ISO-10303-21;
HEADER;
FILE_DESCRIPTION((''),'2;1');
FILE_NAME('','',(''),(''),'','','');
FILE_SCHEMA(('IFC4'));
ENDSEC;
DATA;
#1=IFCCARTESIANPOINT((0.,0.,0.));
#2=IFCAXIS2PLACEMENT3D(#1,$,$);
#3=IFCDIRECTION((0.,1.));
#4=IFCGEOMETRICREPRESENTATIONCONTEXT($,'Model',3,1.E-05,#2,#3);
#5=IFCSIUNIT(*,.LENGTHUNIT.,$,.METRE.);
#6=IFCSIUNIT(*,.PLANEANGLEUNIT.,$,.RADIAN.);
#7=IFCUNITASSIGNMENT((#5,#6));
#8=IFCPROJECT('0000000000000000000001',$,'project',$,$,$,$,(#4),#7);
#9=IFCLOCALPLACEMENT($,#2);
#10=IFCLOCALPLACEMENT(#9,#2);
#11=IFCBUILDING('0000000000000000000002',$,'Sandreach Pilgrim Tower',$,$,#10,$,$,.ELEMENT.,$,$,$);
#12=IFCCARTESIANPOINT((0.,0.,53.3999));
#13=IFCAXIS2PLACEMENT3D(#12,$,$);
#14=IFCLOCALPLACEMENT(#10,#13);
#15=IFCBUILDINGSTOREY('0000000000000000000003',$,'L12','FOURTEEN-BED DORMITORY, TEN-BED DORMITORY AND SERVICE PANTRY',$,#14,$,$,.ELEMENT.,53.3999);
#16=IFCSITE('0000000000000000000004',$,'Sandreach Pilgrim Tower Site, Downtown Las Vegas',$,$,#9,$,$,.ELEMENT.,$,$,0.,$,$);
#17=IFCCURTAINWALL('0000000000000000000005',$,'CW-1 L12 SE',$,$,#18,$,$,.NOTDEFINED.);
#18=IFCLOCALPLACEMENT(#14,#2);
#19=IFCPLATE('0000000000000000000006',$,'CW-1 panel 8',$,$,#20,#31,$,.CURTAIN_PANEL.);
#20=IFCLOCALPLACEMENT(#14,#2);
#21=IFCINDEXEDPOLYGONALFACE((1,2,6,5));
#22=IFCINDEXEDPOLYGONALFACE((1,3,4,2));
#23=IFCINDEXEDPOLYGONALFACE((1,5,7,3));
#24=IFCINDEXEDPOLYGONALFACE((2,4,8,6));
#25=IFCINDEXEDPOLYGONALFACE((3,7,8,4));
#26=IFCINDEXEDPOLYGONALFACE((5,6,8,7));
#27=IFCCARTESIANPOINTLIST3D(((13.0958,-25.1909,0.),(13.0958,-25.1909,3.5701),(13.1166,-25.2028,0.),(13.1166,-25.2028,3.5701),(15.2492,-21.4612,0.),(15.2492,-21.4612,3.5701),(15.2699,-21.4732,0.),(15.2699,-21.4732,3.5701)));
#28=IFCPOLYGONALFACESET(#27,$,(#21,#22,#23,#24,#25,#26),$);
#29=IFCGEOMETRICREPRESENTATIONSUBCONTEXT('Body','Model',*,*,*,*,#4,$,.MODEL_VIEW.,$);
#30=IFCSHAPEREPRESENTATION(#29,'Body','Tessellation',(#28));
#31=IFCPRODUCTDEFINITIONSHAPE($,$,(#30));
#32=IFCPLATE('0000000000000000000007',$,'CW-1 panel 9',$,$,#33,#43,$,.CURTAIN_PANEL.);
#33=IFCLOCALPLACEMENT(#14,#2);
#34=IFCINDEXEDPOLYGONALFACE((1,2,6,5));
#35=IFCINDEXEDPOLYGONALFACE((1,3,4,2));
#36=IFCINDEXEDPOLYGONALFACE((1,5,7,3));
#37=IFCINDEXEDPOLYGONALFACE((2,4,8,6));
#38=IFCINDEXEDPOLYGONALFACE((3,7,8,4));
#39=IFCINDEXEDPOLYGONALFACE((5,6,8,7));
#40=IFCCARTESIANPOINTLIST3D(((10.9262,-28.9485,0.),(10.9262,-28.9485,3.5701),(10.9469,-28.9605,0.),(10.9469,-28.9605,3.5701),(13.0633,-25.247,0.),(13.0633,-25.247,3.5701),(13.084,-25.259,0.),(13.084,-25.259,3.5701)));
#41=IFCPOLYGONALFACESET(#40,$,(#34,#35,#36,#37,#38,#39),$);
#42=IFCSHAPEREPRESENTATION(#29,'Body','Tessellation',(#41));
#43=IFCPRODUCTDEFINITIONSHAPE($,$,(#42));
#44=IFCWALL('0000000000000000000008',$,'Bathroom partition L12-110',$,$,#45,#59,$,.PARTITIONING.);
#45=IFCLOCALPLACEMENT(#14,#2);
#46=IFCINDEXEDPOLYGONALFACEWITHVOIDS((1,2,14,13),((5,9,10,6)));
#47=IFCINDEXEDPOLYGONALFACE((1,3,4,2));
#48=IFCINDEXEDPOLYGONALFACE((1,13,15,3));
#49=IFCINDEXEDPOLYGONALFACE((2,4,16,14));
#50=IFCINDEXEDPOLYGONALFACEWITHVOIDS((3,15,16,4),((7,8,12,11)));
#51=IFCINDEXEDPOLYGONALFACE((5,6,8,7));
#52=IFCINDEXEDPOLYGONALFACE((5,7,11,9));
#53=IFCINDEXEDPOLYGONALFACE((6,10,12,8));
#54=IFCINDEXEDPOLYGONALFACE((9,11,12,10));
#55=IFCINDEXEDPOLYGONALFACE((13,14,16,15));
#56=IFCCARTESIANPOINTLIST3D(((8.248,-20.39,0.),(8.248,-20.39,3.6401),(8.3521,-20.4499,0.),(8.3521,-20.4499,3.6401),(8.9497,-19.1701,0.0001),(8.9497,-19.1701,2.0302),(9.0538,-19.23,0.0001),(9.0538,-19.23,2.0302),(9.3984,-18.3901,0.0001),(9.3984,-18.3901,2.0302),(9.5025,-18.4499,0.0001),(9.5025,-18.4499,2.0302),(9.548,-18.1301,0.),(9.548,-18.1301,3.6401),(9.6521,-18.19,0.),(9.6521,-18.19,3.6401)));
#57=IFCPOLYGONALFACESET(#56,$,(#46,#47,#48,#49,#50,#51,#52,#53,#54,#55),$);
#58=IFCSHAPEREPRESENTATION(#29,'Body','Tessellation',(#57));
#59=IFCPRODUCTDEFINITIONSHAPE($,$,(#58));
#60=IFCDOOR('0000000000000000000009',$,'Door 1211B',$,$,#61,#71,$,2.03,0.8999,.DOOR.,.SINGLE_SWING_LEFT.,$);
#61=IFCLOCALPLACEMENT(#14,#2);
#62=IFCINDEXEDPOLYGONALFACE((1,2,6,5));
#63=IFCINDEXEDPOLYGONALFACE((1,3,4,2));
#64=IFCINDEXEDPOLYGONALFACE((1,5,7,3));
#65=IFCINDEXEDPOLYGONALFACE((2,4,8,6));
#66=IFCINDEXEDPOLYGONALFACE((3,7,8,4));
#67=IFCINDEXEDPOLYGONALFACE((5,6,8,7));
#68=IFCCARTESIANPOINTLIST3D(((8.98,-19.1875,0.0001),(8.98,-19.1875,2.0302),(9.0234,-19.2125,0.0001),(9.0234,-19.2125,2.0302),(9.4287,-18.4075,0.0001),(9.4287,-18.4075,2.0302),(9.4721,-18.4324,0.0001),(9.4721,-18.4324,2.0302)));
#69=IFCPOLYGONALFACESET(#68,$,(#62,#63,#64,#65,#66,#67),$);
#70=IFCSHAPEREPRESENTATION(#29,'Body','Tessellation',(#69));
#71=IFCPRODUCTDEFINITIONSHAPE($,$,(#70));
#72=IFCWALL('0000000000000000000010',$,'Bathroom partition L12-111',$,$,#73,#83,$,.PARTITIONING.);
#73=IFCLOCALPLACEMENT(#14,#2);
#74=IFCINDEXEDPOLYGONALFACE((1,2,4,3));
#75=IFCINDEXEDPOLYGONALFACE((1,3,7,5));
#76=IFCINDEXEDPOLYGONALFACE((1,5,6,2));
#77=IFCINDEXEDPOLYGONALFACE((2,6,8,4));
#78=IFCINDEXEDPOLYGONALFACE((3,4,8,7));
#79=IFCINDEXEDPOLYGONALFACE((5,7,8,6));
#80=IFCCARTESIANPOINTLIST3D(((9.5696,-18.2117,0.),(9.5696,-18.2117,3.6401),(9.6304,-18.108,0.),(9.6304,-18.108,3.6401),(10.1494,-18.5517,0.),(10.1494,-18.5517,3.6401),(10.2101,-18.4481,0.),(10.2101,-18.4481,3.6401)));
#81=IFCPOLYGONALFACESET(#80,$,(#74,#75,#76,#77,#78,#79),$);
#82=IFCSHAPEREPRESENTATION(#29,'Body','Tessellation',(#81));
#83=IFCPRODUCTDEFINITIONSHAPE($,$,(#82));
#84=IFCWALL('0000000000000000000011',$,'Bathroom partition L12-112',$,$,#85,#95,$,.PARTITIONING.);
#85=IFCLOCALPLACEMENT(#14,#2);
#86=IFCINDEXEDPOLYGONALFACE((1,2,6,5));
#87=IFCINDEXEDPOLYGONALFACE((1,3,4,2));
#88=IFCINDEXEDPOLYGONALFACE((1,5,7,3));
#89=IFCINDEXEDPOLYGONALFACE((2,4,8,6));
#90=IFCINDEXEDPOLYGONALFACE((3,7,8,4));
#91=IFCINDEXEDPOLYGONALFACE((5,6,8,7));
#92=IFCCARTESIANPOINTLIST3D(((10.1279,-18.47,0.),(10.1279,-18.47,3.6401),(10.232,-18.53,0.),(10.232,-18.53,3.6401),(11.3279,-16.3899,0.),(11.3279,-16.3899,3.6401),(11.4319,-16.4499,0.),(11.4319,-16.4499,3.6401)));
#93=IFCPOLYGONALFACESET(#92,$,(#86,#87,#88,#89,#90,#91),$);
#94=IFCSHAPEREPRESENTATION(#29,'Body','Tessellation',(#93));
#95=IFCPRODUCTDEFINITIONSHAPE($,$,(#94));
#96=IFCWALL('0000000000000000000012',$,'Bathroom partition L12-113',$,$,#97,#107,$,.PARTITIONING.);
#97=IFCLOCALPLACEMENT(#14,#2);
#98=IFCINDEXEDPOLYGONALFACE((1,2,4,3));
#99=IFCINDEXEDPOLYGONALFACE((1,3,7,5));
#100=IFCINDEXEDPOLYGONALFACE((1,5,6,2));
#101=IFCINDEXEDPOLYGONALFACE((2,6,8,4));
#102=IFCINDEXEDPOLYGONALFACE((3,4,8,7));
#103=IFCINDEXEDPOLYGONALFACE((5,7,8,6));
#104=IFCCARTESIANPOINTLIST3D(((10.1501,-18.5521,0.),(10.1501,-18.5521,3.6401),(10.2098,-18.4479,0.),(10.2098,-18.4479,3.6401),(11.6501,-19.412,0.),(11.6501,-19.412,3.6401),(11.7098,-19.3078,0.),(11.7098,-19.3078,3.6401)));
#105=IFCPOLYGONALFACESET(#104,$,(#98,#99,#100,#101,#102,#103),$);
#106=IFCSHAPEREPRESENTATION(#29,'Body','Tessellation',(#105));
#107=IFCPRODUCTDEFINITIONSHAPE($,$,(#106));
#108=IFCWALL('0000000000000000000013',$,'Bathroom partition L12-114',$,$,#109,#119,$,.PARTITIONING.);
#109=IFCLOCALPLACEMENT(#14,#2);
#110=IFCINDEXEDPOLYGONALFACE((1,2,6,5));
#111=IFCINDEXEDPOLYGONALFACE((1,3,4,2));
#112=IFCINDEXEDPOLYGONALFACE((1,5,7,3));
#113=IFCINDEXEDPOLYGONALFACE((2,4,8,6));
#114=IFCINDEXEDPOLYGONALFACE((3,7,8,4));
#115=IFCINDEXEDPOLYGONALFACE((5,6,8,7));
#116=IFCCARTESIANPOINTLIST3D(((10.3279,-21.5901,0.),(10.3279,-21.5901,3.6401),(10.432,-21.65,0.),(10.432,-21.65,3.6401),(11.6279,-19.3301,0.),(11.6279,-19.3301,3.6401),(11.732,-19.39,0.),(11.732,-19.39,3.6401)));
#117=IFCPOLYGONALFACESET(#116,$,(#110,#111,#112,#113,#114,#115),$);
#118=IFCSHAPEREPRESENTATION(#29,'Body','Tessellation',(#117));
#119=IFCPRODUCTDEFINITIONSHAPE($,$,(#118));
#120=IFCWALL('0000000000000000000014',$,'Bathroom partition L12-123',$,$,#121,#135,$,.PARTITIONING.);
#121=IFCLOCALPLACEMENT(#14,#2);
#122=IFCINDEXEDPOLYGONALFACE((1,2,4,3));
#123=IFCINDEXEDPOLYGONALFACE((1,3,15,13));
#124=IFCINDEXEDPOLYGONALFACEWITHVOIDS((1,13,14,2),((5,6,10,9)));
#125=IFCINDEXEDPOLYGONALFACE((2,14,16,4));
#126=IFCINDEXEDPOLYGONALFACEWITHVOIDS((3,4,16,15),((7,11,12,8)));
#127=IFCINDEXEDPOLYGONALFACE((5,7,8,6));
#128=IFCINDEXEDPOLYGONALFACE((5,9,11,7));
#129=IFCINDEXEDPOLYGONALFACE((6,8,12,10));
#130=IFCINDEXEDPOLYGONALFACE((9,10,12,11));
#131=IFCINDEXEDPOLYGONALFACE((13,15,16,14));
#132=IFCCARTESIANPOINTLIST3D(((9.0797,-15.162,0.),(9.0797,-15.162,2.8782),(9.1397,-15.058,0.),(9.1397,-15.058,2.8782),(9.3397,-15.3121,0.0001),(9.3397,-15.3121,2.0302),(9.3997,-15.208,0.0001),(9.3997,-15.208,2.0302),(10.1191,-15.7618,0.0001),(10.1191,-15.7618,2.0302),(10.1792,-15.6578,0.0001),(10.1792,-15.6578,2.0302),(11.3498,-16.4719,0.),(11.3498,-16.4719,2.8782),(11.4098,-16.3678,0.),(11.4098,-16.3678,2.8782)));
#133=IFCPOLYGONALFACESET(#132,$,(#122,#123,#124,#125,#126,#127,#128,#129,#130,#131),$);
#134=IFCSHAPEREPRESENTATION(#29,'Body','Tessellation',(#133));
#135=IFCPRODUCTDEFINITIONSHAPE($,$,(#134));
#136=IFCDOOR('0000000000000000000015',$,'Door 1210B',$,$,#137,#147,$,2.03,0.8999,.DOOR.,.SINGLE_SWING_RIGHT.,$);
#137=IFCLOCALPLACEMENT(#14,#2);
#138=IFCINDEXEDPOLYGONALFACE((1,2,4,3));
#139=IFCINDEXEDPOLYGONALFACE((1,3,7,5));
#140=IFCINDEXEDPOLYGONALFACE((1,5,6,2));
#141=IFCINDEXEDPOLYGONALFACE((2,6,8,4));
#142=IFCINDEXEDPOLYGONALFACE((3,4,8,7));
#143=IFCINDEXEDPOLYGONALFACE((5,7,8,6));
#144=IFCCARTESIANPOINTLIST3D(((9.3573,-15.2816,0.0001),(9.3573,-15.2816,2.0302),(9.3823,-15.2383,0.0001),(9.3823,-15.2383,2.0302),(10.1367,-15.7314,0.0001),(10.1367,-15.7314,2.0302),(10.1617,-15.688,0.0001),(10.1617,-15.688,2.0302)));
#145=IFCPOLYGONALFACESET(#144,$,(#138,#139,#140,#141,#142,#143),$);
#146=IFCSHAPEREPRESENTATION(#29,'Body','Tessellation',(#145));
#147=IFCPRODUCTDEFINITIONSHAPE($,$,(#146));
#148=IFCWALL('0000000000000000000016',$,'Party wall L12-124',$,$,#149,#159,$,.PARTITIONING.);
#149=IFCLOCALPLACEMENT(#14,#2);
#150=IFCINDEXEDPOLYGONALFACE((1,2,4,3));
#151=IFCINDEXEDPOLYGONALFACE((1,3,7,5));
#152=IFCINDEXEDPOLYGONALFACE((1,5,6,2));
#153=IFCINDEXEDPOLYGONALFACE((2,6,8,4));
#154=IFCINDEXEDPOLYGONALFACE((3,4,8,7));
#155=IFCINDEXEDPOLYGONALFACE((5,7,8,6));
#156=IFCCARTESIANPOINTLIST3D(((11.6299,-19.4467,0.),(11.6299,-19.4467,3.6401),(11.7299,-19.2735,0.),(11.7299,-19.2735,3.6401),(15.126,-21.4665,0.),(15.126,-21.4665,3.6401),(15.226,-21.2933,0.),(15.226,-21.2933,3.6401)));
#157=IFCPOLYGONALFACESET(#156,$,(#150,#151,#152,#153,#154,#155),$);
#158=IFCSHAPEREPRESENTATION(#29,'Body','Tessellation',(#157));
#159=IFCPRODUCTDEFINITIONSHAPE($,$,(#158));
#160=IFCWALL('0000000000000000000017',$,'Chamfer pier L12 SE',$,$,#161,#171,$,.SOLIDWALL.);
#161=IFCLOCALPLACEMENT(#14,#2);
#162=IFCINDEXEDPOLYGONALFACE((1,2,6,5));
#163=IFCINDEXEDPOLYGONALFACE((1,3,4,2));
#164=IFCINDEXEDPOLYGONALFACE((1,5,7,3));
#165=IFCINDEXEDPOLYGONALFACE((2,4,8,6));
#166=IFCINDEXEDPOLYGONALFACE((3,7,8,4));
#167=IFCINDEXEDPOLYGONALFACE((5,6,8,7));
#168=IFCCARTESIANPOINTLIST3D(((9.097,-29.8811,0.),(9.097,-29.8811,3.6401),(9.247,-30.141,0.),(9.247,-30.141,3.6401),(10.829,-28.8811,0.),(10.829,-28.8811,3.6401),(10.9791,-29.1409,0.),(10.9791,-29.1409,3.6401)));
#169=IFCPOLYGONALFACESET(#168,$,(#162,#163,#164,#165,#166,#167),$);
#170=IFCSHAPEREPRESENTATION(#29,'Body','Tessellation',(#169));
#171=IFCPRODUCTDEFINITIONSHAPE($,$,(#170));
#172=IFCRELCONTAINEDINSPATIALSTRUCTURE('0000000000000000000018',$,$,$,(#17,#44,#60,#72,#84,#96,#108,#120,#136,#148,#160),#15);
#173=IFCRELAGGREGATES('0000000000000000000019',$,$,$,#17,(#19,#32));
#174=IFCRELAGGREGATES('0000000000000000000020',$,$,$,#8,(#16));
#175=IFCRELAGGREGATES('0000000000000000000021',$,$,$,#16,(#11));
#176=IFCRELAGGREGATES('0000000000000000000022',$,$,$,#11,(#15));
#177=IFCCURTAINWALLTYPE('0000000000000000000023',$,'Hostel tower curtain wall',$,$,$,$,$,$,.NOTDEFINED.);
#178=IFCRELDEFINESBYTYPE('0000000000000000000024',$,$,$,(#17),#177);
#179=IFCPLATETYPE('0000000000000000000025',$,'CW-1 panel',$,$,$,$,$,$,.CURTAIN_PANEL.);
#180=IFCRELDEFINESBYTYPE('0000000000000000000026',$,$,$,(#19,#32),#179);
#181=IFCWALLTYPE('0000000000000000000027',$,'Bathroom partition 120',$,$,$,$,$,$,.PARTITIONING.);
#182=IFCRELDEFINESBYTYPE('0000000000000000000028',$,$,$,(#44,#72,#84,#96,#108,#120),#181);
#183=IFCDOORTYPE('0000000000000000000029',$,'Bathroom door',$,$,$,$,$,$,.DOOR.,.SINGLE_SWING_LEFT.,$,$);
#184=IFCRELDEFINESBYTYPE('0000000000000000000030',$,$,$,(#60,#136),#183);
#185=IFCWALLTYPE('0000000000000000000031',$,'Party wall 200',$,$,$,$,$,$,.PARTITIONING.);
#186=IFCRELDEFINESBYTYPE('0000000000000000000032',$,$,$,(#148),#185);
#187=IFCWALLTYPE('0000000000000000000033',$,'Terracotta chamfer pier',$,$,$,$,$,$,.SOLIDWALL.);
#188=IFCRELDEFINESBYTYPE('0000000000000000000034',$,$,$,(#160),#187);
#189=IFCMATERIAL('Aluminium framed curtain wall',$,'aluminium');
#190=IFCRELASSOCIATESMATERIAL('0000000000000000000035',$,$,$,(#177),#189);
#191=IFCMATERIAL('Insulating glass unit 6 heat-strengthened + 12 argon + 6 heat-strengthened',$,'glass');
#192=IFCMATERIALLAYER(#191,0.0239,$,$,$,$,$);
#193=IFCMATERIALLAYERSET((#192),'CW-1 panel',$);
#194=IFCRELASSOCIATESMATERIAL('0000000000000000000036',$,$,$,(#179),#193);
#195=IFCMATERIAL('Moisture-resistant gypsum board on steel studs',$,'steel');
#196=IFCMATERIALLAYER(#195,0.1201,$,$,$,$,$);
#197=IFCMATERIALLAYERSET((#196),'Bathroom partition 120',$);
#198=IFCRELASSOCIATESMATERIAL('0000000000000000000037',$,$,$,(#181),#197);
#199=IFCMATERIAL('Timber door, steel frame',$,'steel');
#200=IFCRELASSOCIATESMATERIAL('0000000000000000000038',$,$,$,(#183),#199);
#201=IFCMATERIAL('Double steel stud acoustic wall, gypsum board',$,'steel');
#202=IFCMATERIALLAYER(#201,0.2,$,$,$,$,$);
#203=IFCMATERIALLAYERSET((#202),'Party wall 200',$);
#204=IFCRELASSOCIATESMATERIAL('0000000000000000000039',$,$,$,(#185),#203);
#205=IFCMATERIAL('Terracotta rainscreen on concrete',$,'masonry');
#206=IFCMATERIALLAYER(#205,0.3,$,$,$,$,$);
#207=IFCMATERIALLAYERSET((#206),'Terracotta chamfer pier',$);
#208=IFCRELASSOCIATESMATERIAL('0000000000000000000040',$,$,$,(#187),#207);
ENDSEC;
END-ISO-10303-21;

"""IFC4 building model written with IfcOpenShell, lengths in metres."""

from ifc_helpers import new_model, si_unit, direction, frame, frame_2d, origin, origin_2d, place, context, subcontext, project, spatial, rectangle, extrude, material, layer, layer_set, type_object, element, fill, aggregate, save


model = new_model("IFC4")

# Units and contexts
model_context = context("Model", 3, precision=1e-05, world=origin(), true_north=direction((0.0, 1.0)))
body_context = subcontext(model_context, "Body", "Model", "MODEL_VIEW")
ifc_project = project(units=[si_unit("LENGTHUNIT", "METRE"), si_unit("PLANEANGLEUNIT", "RADIAN")], contexts=[model_context])

# Site, building, storey
site_placement = place(None, origin())
site = spatial("IfcSite", under=ifc_project, at=site_placement, Name="Sandreach Pilgrim Tower Site, Downtown Las Vegas", CompositionType="ELEMENT", RefElevation=0.0)
building_placement = place(site_placement, origin())
building = spatial("IfcBuilding", under=site, at=building_placement, Name="Sandreach Pilgrim Tower", CompositionType="ELEMENT")
storey_placement = place(building_placement, frame((0.0, 0.0, 53.3999)))
storey = spatial("IfcBuildingStorey", under=building, at=storey_placement, Name="L12", Description="FOURTEEN-BED DORMITORY, TEN-BED DORMITORY AND SERVICE PANTRY", CompositionType="ELEMENT", Elevation=53.3999)

# Curtain wall
ifc_material_1 = material(Name="Aluminium framed curtain wall", Category="aluminium")
curtain_wall_type = type_object("IfcCurtainWallType", Name="Hostel tower curtain wall", PredefinedType="NOTDEFINED", material=ifc_material_1)
curtain_wall_placement = place(storey_placement, origin())
curtain_wall = element("IfcCurtainWall", 1, at=curtain_wall_placement, inside=storey, type_object=curtain_wall_type, Name="CW-1 L12 SE", PredefinedType="NOTDEFINED")

# Plates
ifc_material_2 = material(Name="Insulating glass unit 6 heat-strengthened + 12 argon + 6 heat-strengthened", Category="glass")
ifc_layer_1 = layer(ifc_material_2, 0.0239)
ifc_layer_set_1 = layer_set([ifc_layer_1], Name="CW-1 panel")
plate_type = type_object("IfcPlateType", Name="CW-1 panel", PredefinedType="CURTAIN_PANEL", material=ifc_layer_set_1)
plate_1_placement = place(storey_placement, frame((14.1829, -23.332, 0.0), z_axis=(0.0, 0.0, 1.0), x_axis=(-0.5, -0.866025, 0.0)))
plate_1 = element("IfcPlate", 2, at=plate_1_placement, type_object=plate_type, Name="CW-1 panel 8", PredefinedType="CURTAIN_PANEL", context=body_context, shape_type="SweptSolid", body=[
    extrude(rectangle(XDim=4.3066, YDim=0.0239, at=origin_2d()), origin(), (0.0, 0.0, 1.0), 3.5701),
])
plate_2_placement = place(storey_placement, frame((12.0051, -27.1038, 0.0), z_axis=(0.0, 0.0, 1.0), x_axis=(-0.5, -0.866025, 0.0)))
plate_2 = element("IfcPlate", 3, at=plate_2_placement, type_object=plate_type, Name="CW-1 panel 9", PredefinedType="CURTAIN_PANEL", context=body_context, shape_type="SweptSolid", body=[
    extrude(rectangle(XDim=4.2742, YDim=0.0239, at=origin_2d()), origin(), (0.0, 0.0, 1.0), 3.5701),
])
aggregate(curtain_wall, [plate_1, plate_2])

# Wall, opening, door
ifc_material_3 = material(Name="Moisture-resistant gypsum board on steel studs", Category="steel")
ifc_layer_2 = layer(ifc_material_3, 0.1201)
ifc_layer_set_2 = layer_set([ifc_layer_2], Name="Bathroom partition 120")
wall_type_1 = type_object("IfcWallType", Name="Bathroom partition 120", PredefinedType="PARTITIONING", material=ifc_layer_set_2)
wall_1_placement = place(storey_placement, frame((9.6001, -18.1599, 0.0), z_axis=(0.0, 0.0, 1.0), x_axis=(-0.498628, -0.866816, 0.0)))
wall_1 = element("IfcWall", 4, at=wall_1_placement, inside=storey, type_object=wall_type_1, Name="Bathroom partition L12-110", PredefinedType="PARTITIONING", context=body_context, shape_type="SweptSolid", body=[
    extrude(rectangle(XDim=2.6072, YDim=0.1201, at=frame_2d((1.3037, 0.0))), origin(), (0.0, 0.0, 1.0), 3.6401),
])
opening_1_placement = place(wall_1_placement, frame((0.3, 0.0, 0.0)))
opening_1 = element("IfcOpeningElement", 5, at=opening_1_placement, cuts=wall_1, PredefinedType="OPENING", context=body_context, shape_type="SweptSolid", body=[
    extrude(rectangle(XDim=0.8999, YDim=2.03, at=frame_2d((0.45, 1.0151))), frame((0.0, 0.0601, 0.0), z_axis=(0.0, -1.0, 0.0), x_axis=(1.0, 0.0, 0.0)), (0.0, 0.0, 1.0), 0.1201),
])
ifc_material_4 = material(Name="Timber door, steel frame", Category="steel")
door_type = type_object("IfcDoorType", Name="Bathroom door", OperationType="SINGLE_SWING_LEFT", PredefinedType="DOOR", material=ifc_material_4)
door_1_placement = place(opening_1_placement, origin())
door_1 = element("IfcDoor", 6, at=door_1_placement, inside=storey, type_object=door_type, Name="Door 1211B", OperationType="SINGLE_SWING_LEFT", OverallHeight=2.03, OverallWidth=0.8999, PredefinedType="DOOR", context=body_context, shape_type="SweptSolid", body=[
    extrude(rectangle(XDim=0.8999, YDim=2.03, at=frame_2d((0.45, 1.0151))), frame((0.0, 0.0249, 0.0), z_axis=(0.0, -1.0, 0.0), x_axis=(1.0, 0.0, 0.0)), (0.0, 0.0, 1.0), 0.05),
])
fill(opening_1, door_1)

# Walls
wall_2_placement = place(storey_placement, frame((9.6001, -18.1599, 0.0), z_axis=(0.0, 0.0, 1.0), x_axis=(0.862578, -0.505925, 0.0)))
element("IfcWall", 7, at=wall_2_placement, inside=storey, type_object=wall_type_1, Name="Bathroom partition L12-111", PredefinedType="PARTITIONING", context=body_context, shape_type="SweptSolid", body=[
    extrude(rectangle(XDim=0.6721, YDim=0.1201, at=frame_2d((0.3359, 0.0))), origin(), (0.0, 0.0, 1.0), 3.6401),
])
wall_3_placement = place(storey_placement, frame((10.1799, -18.5, 0.0), z_axis=(0.0, 0.0, 1.0), x_axis=(0.499693, 0.866203, 0.0)))
element("IfcWall", 8, at=wall_3_placement, inside=storey, type_object=wall_type_1, Name="Bathroom partition L12-112", PredefinedType="PARTITIONING", context=body_context, shape_type="SweptSolid", body=[
    extrude(rectangle(XDim=2.4014, YDim=0.1201, at=frame_2d((1.2007, 0.0))), origin(), (0.0, 0.0, 1.0), 3.6401),
])
wall_4_placement = place(storey_placement, frame((10.1799, -18.5, 0.0), z_axis=(0.0, 0.0, 1.0), x_axis=(0.867565, -0.497325, 0.0)))
element("IfcWall", 9, at=wall_4_placement, inside=storey, type_object=wall_type_1, Name="Bathroom partition L12-113", PredefinedType="PARTITIONING", context=body_context, shape_type="SweptSolid", body=[
    extrude(rectangle(XDim=1.729, YDim=0.1201, at=frame_2d((0.8645, 0.0))), origin(), (0.0, 0.0, 1.0), 3.6401),
])
wall_5_placement = place(storey_placement, frame((10.3799, -21.6201, 0.0), z_axis=(0.0, 0.0, 1.0), x_axis=(0.498628, 0.866816, 0.0)))
element("IfcWall", 10, at=wall_5_placement, inside=storey, type_object=wall_type_1, Name="Bathroom partition L12-114", PredefinedType="PARTITIONING", context=body_context, shape_type="SweptSolid", body=[
    extrude(rectangle(XDim=2.6072, YDim=0.1201, at=frame_2d((1.3037, 0.0))), origin(), (0.0, 0.0, 1.0), 3.6401),
])

# Wall, opening, door
wall_6_placement = place(storey_placement, frame((11.3799, -16.4199, 0.0), z_axis=(0.0, 0.0, 1.0), x_axis=(-0.866155, 0.499776, 0.0)))
wall_6 = element("IfcWall", 11, at=wall_6_placement, inside=storey, type_object=wall_type_1, Name="Bathroom partition L12-123", PredefinedType="PARTITIONING", context=body_context, shape_type="SweptSolid", body=[
    extrude(rectangle(XDim=2.6208, YDim=0.1201, at=frame_2d((1.3105, 0.0))), origin(), (0.0, 0.0, 1.0), 2.8782),
])
opening_2_placement = place(wall_6_placement, frame((1.4209, 0.0, 0.0)))
opening_2 = element("IfcOpeningElement", 12, at=opening_2_placement, cuts=wall_6, PredefinedType="OPENING", context=body_context, shape_type="SweptSolid", body=[
    extrude(rectangle(XDim=0.8999, YDim=2.03, at=frame_2d((0.45, 1.0151))), frame((0.0, 0.0601, 0.0), z_axis=(0.0, -1.0, 0.0), x_axis=(1.0, 0.0, 0.0)), (0.0, 0.0, 1.0), 0.1201),
])
door_2_placement = place(opening_2_placement, origin())
door_2 = element("IfcDoor", 13, at=door_2_placement, inside=storey, type_object=door_type, Name="Door 1210B", OperationType="SINGLE_SWING_RIGHT", OverallHeight=2.03, OverallWidth=0.8999, PredefinedType="DOOR", context=body_context, shape_type="SweptSolid", body=[
    extrude(rectangle(XDim=0.8999, YDim=2.03, at=frame_2d((0.45, 1.0151))), frame((0.0, 0.0249, 0.0), z_axis=(0.0, -1.0, 0.0), x_axis=(1.0, 0.0, 0.0)), (0.0, 0.0, 1.0), 0.05),
])
fill(opening_2, door_2)

# Walls
ifc_material_5 = material(Name="Double steel stud acoustic wall, gypsum board", Category="steel")
ifc_layer_3 = layer(ifc_material_5, 0.2)
ifc_layer_set_3 = layer_set([ifc_layer_3], Name="Party wall 200")
wall_type_2 = type_object("IfcWallType", Name="Party wall 200", PredefinedType="PARTITIONING", material=ifc_layer_set_3)
wall_7_placement = place(storey_placement, frame((11.6799, -19.3601, 0.0), z_axis=(0.0, 0.0, 1.0), x_axis=(0.865885, -0.500242, 0.0)))
element("IfcWall", 14, at=wall_7_placement, inside=storey, type_object=wall_type_2, Name="Party wall L12-124", PredefinedType="PARTITIONING", context=body_context, shape_type="SweptSolid", body=[
    extrude(rectangle(XDim=4.0376, YDim=0.2, at=frame_2d((2.0188, 0.0))), origin(), (0.0, 0.0, 1.0), 3.6401),
])
ifc_material_6 = material(Name="Terracotta rainscreen on concrete", Category="masonry")
ifc_layer_4 = layer(ifc_material_6, 0.3)
ifc_layer_set_4 = layer_set([ifc_layer_4], Name="Terracotta chamfer pier")
wall_type_3 = type_object("IfcWallType", Name="Terracotta chamfer pier", PredefinedType="SOLIDWALL", material=ifc_layer_set_4)
wall_8_placement = place(storey_placement, frame((10.9041, -29.011, 0.0), z_axis=(0.0, 0.0, 1.0), x_axis=(-0.866011, -0.500025, 0.0)))
element("IfcWall", 15, at=wall_8_placement, inside=storey, type_object=wall_type_3, Name="Chamfer pier L12 SE", PredefinedType="SOLIDWALL", context=body_context, shape_type="SweptSolid", body=[
    extrude(rectangle(XDim=2.0, YDim=0.3, at=frame_2d((1.0, 0.0))), origin(), (0.0, 0.0, 1.0), 3.6401),
])

save(model, "model.ifc")
